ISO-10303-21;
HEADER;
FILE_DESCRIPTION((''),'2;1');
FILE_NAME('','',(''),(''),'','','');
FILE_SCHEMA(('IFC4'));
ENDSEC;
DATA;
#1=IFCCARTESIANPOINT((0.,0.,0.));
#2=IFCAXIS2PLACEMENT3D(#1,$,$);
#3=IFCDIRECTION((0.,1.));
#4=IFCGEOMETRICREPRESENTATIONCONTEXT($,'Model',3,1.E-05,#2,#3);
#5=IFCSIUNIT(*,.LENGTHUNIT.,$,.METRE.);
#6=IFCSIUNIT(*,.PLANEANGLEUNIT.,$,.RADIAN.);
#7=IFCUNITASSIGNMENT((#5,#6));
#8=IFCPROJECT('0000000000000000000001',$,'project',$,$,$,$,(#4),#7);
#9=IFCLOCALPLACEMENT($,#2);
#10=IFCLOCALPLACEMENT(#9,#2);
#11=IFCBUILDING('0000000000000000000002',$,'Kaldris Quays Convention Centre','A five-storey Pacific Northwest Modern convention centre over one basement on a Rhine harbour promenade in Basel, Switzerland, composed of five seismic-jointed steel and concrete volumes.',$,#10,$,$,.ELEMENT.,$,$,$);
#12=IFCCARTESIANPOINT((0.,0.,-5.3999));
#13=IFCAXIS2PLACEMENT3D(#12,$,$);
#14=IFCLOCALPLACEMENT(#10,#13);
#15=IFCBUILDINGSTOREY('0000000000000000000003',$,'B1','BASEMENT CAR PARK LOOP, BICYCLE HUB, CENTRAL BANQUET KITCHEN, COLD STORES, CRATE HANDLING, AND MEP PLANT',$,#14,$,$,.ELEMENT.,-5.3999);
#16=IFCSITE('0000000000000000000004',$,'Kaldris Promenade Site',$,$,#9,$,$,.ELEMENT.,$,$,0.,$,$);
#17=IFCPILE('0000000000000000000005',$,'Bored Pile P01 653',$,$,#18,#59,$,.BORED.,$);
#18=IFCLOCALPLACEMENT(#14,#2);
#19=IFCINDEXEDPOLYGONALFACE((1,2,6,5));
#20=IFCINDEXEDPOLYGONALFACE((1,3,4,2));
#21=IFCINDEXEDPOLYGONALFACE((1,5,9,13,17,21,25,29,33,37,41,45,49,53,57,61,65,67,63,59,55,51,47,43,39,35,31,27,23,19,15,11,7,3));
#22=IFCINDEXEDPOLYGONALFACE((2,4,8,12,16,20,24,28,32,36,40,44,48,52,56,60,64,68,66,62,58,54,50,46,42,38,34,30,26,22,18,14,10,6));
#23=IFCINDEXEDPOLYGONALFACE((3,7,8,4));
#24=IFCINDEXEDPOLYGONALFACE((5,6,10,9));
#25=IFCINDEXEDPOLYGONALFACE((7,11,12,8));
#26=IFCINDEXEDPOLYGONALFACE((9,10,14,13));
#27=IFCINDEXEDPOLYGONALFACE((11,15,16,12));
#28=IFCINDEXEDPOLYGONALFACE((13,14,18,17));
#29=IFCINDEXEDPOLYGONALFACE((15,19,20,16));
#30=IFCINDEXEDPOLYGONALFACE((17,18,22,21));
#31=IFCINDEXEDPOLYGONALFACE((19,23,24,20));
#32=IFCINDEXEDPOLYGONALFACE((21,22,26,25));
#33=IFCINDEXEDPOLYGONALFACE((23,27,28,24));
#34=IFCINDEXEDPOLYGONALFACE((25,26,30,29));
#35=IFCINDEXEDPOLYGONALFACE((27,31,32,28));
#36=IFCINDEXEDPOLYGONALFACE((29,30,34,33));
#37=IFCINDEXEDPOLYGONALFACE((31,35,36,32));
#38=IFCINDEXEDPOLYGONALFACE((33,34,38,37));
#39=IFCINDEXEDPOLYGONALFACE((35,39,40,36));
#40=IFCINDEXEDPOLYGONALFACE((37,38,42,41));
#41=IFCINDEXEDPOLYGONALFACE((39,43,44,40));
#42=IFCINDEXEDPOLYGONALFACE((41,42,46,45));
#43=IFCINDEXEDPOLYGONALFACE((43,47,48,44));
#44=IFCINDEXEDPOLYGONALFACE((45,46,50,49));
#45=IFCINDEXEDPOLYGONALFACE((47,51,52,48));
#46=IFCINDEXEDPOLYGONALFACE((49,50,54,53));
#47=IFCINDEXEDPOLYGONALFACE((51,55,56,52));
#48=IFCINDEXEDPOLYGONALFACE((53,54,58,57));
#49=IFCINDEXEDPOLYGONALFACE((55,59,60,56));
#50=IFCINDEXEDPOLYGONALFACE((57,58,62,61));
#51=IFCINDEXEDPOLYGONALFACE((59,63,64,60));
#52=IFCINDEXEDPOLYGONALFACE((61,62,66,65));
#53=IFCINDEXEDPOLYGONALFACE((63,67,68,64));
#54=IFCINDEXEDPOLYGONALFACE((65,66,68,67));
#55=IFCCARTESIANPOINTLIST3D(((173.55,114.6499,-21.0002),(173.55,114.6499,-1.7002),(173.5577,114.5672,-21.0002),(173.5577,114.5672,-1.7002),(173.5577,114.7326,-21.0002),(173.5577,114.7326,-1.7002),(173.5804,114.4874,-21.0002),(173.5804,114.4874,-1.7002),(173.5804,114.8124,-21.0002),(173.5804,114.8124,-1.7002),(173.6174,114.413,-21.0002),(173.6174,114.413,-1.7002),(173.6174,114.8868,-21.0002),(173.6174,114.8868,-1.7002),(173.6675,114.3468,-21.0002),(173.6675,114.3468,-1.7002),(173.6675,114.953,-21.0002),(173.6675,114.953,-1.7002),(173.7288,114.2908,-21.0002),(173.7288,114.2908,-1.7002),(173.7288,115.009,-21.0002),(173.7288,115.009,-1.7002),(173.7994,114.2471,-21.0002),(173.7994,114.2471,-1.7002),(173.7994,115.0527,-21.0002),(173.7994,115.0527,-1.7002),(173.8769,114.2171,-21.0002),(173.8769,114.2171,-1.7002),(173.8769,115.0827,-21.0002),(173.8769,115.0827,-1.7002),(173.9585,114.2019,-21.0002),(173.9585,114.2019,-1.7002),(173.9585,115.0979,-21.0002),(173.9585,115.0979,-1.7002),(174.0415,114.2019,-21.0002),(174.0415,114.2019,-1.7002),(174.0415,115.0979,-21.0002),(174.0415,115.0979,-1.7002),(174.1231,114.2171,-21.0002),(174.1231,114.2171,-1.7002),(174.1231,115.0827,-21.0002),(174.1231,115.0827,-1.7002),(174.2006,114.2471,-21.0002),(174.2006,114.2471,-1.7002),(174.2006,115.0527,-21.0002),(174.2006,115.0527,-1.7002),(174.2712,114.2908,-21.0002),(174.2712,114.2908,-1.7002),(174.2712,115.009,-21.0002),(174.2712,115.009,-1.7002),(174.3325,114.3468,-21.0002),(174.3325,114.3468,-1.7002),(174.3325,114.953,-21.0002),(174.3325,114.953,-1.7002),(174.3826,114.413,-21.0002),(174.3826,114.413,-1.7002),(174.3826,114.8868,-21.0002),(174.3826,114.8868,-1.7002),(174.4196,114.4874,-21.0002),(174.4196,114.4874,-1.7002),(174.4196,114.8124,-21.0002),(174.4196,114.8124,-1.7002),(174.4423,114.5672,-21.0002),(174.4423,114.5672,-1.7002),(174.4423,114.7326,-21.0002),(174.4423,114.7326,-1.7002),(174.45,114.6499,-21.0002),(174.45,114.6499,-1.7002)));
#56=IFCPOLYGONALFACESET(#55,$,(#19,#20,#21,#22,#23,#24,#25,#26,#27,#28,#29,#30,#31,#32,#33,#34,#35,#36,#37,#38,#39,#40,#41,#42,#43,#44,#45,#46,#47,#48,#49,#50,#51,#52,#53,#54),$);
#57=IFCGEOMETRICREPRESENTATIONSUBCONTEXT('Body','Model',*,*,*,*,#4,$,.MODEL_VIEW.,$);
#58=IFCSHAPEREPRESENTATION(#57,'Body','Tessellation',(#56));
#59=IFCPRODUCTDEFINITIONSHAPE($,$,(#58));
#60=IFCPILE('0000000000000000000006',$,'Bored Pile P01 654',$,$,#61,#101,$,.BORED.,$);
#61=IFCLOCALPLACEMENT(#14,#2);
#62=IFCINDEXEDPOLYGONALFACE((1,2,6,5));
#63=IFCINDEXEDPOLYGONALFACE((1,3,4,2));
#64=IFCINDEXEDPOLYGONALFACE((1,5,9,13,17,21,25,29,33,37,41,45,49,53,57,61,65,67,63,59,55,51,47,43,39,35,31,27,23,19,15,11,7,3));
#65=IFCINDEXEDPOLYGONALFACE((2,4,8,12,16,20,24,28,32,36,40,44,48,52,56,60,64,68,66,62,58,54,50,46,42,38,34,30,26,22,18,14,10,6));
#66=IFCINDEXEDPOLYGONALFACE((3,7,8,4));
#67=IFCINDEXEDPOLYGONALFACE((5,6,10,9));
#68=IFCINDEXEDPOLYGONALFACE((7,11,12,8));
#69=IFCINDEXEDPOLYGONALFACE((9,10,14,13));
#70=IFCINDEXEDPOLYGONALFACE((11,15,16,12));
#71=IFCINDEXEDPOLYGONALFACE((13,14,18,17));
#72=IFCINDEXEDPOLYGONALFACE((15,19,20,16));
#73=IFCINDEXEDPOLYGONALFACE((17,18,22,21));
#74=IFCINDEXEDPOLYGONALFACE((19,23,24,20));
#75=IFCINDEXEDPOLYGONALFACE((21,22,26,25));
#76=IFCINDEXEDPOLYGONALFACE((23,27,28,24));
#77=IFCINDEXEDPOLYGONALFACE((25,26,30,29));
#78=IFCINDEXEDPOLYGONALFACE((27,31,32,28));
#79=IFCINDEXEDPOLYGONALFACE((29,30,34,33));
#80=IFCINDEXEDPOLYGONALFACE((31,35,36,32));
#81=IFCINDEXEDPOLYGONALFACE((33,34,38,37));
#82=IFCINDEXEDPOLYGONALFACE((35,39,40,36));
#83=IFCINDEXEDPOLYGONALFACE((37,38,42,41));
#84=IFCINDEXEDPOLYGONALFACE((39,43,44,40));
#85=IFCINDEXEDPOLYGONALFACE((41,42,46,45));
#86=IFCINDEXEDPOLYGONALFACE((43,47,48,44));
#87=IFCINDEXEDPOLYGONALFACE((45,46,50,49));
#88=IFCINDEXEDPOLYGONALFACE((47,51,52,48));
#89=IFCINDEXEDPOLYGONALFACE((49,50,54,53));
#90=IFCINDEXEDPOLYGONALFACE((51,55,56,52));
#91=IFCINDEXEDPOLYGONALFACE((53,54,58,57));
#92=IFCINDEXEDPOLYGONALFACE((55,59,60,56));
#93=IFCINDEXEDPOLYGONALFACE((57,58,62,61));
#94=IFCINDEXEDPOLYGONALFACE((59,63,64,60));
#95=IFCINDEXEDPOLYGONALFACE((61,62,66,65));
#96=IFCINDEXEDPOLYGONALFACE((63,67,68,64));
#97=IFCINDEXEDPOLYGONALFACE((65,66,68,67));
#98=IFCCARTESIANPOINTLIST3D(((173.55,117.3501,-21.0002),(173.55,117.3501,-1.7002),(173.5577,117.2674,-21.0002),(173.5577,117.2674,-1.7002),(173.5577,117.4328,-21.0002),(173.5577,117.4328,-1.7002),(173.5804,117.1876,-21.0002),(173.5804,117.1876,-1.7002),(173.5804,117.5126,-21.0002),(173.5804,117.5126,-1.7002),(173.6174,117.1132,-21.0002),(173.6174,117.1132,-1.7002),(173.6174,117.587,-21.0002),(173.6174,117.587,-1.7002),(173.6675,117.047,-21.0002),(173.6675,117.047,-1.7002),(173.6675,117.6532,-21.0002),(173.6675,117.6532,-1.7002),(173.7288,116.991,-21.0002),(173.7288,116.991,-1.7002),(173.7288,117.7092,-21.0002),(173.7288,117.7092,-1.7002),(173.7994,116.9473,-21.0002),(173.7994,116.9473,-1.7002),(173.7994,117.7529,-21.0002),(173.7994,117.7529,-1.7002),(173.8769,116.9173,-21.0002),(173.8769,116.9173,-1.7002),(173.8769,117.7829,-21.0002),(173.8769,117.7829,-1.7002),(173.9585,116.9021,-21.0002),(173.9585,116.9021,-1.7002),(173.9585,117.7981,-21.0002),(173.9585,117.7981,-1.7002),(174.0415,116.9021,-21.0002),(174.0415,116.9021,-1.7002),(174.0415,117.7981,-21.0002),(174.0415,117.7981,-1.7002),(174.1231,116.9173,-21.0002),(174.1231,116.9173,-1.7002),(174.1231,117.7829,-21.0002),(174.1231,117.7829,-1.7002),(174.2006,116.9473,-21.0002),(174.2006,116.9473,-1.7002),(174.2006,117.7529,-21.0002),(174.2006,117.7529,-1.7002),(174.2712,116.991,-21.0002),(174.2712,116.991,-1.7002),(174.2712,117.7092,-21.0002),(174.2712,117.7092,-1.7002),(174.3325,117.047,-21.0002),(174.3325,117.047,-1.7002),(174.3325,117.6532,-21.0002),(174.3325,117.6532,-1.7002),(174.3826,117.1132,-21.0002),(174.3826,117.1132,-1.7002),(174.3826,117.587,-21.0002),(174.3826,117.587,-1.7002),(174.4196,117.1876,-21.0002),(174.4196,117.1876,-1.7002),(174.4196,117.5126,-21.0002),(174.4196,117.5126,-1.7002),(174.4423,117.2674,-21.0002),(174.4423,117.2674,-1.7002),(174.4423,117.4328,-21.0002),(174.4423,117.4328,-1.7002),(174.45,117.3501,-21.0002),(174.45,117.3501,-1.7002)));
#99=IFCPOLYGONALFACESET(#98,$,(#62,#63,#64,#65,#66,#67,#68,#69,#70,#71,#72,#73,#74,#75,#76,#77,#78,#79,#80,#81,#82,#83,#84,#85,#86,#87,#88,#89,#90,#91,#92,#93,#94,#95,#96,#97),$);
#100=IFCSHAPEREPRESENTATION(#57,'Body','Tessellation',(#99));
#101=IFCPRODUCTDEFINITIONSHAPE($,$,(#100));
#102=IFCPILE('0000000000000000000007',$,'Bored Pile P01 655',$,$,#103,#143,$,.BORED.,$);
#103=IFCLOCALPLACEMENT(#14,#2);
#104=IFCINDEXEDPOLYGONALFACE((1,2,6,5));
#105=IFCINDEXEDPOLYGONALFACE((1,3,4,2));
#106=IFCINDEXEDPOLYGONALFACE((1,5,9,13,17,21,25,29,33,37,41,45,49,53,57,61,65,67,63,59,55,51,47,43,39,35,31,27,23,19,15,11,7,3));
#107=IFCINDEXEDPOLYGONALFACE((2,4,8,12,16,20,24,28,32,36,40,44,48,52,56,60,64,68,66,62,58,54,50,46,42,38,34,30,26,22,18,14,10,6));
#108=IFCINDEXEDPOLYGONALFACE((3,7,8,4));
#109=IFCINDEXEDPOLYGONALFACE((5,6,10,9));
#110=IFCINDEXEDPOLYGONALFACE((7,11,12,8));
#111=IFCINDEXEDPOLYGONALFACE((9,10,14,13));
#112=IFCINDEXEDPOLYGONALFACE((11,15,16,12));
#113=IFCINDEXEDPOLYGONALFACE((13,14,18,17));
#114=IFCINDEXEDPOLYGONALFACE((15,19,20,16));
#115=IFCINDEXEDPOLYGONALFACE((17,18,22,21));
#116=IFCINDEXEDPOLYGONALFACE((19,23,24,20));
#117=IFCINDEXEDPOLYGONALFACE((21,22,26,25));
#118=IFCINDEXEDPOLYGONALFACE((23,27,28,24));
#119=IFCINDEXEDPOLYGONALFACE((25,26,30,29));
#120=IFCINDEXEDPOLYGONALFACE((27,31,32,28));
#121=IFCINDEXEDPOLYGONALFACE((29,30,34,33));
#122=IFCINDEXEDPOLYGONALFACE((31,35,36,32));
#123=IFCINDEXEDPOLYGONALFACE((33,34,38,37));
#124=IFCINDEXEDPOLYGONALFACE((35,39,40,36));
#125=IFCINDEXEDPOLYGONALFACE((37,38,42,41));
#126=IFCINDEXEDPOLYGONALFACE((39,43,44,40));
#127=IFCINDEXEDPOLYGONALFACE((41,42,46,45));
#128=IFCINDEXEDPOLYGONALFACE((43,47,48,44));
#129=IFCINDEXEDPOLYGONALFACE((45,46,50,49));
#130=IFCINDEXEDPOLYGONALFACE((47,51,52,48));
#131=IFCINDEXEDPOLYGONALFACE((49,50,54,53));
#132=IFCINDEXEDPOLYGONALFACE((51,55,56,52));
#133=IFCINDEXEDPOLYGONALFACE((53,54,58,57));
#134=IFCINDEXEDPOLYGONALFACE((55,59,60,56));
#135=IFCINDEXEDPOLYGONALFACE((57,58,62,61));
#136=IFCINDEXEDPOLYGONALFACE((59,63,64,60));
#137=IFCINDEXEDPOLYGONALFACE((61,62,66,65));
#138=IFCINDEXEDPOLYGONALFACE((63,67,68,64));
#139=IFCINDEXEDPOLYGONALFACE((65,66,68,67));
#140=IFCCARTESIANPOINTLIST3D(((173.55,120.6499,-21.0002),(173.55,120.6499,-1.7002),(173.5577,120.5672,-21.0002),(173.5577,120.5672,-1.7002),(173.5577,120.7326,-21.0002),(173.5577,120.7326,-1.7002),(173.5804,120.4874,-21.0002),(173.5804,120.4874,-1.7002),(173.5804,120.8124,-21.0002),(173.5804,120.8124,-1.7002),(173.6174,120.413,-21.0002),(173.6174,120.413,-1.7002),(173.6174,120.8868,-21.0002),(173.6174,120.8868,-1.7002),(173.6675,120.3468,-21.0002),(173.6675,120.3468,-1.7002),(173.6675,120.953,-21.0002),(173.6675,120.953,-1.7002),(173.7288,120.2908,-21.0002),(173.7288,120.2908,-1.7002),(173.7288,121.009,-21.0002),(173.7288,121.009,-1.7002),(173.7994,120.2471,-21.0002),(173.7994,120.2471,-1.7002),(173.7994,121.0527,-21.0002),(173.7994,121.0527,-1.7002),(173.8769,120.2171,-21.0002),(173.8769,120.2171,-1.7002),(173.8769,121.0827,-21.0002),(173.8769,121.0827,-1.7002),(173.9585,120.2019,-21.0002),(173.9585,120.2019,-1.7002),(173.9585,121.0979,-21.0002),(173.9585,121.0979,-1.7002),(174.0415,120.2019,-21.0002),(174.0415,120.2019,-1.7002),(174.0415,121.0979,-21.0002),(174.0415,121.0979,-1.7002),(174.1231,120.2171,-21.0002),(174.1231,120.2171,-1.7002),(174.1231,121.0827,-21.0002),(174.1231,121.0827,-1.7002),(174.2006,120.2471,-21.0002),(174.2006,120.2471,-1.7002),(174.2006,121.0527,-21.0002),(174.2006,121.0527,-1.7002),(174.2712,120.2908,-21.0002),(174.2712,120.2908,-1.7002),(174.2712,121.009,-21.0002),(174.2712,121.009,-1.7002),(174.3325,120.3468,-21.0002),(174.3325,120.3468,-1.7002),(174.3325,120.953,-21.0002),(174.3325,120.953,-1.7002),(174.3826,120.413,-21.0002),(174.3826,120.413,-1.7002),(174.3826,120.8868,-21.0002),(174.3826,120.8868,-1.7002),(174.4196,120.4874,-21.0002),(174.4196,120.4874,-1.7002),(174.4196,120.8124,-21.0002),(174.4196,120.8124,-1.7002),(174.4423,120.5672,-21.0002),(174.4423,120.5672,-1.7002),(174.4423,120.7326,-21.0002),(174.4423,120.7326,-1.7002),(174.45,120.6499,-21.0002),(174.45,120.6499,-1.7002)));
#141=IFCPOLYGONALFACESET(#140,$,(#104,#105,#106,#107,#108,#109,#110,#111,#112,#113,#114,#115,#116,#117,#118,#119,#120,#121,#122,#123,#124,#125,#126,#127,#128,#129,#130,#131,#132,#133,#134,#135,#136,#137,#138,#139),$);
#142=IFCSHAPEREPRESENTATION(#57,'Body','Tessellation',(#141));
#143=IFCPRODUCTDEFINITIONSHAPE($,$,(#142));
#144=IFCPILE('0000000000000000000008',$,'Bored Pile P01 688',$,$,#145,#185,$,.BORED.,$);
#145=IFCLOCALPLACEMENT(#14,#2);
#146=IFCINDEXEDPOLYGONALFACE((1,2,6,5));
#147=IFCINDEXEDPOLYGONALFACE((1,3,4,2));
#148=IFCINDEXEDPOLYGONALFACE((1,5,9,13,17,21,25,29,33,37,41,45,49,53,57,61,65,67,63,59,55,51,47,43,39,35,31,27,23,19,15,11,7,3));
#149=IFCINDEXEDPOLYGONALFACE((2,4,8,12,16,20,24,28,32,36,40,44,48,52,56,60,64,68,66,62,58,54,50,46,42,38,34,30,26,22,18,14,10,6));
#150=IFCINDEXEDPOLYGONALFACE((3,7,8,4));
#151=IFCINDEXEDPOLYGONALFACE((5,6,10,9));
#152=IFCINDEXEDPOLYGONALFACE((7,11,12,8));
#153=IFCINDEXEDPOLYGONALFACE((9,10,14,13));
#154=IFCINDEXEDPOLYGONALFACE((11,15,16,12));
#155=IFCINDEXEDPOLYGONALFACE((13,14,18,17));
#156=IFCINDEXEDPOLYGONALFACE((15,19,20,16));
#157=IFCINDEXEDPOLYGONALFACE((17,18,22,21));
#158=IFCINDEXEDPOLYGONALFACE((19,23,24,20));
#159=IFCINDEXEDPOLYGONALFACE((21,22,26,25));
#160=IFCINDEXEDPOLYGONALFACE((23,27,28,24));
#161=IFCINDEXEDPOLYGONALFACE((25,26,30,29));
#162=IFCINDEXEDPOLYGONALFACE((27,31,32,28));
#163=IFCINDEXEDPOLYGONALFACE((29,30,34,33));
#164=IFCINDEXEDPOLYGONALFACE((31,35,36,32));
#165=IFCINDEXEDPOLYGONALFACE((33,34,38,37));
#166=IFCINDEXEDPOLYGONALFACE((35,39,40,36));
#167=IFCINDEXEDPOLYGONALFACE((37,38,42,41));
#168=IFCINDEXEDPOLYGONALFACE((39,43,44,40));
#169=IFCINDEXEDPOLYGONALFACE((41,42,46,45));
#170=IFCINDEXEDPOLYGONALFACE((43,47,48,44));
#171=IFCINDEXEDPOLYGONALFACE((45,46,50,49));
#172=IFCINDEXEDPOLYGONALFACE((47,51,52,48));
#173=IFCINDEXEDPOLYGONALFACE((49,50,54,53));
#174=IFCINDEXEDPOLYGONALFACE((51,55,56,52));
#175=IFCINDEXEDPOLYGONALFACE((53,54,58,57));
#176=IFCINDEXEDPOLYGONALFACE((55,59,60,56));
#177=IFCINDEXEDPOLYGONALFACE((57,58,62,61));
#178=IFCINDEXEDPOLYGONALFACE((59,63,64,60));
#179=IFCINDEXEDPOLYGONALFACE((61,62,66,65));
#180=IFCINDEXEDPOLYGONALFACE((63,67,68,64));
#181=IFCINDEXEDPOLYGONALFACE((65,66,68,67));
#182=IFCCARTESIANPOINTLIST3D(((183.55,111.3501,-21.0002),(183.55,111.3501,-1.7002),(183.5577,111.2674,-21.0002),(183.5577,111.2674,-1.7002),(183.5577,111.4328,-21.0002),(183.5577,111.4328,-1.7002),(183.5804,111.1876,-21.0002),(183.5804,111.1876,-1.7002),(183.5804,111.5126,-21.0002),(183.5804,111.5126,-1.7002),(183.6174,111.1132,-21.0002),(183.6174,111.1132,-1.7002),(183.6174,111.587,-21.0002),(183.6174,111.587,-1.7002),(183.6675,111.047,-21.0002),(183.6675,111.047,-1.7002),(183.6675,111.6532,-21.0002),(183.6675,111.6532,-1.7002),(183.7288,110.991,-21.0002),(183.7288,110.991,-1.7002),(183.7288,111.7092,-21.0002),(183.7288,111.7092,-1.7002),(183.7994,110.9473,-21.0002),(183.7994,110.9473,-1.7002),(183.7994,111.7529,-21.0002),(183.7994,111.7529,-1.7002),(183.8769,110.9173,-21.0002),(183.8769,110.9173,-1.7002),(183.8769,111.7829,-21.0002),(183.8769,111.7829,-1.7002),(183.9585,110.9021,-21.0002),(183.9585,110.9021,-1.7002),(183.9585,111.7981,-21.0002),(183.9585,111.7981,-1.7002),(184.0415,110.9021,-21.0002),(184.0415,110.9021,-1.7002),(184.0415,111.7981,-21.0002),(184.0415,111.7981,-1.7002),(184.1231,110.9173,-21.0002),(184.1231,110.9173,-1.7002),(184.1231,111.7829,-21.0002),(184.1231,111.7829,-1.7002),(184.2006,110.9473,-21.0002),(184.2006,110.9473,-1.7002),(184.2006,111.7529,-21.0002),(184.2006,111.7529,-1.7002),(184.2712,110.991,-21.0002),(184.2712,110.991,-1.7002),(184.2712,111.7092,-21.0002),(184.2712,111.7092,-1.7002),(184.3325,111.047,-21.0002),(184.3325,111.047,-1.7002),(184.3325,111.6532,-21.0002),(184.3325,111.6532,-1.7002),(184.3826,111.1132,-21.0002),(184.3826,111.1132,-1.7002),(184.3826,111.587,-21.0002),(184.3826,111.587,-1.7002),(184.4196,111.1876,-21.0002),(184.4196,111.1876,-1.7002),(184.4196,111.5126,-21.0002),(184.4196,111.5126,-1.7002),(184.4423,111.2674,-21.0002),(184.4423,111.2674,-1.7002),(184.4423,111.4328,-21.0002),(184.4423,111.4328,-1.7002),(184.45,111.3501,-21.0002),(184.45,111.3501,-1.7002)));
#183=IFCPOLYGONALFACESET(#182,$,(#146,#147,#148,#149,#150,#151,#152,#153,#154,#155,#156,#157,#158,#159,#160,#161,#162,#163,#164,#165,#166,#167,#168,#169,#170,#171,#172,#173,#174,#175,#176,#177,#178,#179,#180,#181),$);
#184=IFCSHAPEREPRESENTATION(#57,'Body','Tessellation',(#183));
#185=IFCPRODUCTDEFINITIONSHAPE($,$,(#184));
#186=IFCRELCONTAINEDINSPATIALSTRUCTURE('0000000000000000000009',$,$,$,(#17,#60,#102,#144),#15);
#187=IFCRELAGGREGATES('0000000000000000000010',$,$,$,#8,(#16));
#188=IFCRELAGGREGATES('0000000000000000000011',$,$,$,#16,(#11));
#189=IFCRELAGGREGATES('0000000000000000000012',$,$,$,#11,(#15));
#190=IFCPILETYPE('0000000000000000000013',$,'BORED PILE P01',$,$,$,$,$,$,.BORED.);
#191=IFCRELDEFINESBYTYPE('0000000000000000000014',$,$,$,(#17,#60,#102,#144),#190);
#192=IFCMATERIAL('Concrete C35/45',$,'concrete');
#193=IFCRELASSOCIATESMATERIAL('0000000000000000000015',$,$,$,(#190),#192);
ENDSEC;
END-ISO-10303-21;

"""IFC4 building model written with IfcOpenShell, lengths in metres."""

from ifc_helpers import new_model, si_unit, direction, frame, origin, origin_2d, place, context, subcontext, project, spatial, circle, extrude, material, material_profile, profile_set, type_object, element, save


model = new_model("IFC4")

# Units and contexts
model_context = context("Model", 3, precision=1e-05, world=origin(), true_north=direction((0.0, 1.0)))
body_context = subcontext(model_context, "Body", "Model", "MODEL_VIEW")
ifc_project = project(units=[si_unit("LENGTHUNIT", "METRE"), si_unit("PLANEANGLEUNIT", "RADIAN")], contexts=[model_context])

# Site, building, storey
site_placement = place(None, origin())
site = spatial("IfcSite", under=ifc_project, at=site_placement, Name="Kaldris Promenade Site", CompositionType="ELEMENT", RefElevation=0.0)
building_placement = place(site_placement, origin())
building = spatial("IfcBuilding", under=site, at=building_placement, Name="Kaldris Quays Convention Centre", Description="A five-storey Pacific Northwest Modern convention centre over one basement on a Rhine harbour promenade in Basel, Switzerland, composed of five seismic-jointed steel and concrete volumes.", CompositionType="ELEMENT")
storey_placement = place(building_placement, frame((0.0, 0.0, -5.3999)))
storey = spatial("IfcBuildingStorey", under=building, at=storey_placement, Name="B1", Description="BASEMENT CAR PARK LOOP, BICYCLE HUB, CENTRAL BANQUET KITCHEN, COLD STORES, CRATE HANDLING, AND MEP PLANT", CompositionType="ELEMENT", Elevation=-5.3999)

# Piles
ifc_material_1 = material(Name="Concrete C35/45", Category="concrete")
ifc_material_profile_1 = material_profile(ifc_material_1, circle(Radius=0.45, at=origin_2d()), Name="BORED PILE D900")
ifc_profile_set_1 = profile_set([ifc_material_profile_1], Name="Concrete C35/45")
pile_type_1 = type_object("IfcPileType", Name="BORED PILE P01", PredefinedType="BORED", material=ifc_profile_set_1)
for number, where, z_axis, x_axis, name in (
    (1, (174.0, 114.6499, -1.7002), (0.0, 0.0, -1.0), (1.0, 0.0, 0.0), "Bored Pile P01 653"),
    (2, (174.0, 117.3501, -1.7002), (0.0, 0.0, -1.0), (1.0, 0.0, 0.0), "Bored Pile P01 654"),
    (3, (174.0, 120.6499, -1.7002), (0.0, 0.0, -1.0), (1.0, 0.0, 0.0), "Bored Pile P01 655"),
    (4, (184.0, 111.3501, -1.7002), (0.0, 0.0, -1.0), (1.0, 0.0, 0.0), "Bored Pile P01 688"),
):
    element("IfcPile", number, at=place(storey_placement, frame(where, z_axis=z_axis, x_axis=x_axis)), inside=storey, type_object=pile_type_1, Name=name, PredefinedType="BORED", context=body_context, shape_type="SweptSolid", body=[
        extrude(circle(Radius=0.45, at=origin_2d()), origin(), (0.0, 0.0, 1.0), 19.3),
    ])

save(model, "model.ifc")
